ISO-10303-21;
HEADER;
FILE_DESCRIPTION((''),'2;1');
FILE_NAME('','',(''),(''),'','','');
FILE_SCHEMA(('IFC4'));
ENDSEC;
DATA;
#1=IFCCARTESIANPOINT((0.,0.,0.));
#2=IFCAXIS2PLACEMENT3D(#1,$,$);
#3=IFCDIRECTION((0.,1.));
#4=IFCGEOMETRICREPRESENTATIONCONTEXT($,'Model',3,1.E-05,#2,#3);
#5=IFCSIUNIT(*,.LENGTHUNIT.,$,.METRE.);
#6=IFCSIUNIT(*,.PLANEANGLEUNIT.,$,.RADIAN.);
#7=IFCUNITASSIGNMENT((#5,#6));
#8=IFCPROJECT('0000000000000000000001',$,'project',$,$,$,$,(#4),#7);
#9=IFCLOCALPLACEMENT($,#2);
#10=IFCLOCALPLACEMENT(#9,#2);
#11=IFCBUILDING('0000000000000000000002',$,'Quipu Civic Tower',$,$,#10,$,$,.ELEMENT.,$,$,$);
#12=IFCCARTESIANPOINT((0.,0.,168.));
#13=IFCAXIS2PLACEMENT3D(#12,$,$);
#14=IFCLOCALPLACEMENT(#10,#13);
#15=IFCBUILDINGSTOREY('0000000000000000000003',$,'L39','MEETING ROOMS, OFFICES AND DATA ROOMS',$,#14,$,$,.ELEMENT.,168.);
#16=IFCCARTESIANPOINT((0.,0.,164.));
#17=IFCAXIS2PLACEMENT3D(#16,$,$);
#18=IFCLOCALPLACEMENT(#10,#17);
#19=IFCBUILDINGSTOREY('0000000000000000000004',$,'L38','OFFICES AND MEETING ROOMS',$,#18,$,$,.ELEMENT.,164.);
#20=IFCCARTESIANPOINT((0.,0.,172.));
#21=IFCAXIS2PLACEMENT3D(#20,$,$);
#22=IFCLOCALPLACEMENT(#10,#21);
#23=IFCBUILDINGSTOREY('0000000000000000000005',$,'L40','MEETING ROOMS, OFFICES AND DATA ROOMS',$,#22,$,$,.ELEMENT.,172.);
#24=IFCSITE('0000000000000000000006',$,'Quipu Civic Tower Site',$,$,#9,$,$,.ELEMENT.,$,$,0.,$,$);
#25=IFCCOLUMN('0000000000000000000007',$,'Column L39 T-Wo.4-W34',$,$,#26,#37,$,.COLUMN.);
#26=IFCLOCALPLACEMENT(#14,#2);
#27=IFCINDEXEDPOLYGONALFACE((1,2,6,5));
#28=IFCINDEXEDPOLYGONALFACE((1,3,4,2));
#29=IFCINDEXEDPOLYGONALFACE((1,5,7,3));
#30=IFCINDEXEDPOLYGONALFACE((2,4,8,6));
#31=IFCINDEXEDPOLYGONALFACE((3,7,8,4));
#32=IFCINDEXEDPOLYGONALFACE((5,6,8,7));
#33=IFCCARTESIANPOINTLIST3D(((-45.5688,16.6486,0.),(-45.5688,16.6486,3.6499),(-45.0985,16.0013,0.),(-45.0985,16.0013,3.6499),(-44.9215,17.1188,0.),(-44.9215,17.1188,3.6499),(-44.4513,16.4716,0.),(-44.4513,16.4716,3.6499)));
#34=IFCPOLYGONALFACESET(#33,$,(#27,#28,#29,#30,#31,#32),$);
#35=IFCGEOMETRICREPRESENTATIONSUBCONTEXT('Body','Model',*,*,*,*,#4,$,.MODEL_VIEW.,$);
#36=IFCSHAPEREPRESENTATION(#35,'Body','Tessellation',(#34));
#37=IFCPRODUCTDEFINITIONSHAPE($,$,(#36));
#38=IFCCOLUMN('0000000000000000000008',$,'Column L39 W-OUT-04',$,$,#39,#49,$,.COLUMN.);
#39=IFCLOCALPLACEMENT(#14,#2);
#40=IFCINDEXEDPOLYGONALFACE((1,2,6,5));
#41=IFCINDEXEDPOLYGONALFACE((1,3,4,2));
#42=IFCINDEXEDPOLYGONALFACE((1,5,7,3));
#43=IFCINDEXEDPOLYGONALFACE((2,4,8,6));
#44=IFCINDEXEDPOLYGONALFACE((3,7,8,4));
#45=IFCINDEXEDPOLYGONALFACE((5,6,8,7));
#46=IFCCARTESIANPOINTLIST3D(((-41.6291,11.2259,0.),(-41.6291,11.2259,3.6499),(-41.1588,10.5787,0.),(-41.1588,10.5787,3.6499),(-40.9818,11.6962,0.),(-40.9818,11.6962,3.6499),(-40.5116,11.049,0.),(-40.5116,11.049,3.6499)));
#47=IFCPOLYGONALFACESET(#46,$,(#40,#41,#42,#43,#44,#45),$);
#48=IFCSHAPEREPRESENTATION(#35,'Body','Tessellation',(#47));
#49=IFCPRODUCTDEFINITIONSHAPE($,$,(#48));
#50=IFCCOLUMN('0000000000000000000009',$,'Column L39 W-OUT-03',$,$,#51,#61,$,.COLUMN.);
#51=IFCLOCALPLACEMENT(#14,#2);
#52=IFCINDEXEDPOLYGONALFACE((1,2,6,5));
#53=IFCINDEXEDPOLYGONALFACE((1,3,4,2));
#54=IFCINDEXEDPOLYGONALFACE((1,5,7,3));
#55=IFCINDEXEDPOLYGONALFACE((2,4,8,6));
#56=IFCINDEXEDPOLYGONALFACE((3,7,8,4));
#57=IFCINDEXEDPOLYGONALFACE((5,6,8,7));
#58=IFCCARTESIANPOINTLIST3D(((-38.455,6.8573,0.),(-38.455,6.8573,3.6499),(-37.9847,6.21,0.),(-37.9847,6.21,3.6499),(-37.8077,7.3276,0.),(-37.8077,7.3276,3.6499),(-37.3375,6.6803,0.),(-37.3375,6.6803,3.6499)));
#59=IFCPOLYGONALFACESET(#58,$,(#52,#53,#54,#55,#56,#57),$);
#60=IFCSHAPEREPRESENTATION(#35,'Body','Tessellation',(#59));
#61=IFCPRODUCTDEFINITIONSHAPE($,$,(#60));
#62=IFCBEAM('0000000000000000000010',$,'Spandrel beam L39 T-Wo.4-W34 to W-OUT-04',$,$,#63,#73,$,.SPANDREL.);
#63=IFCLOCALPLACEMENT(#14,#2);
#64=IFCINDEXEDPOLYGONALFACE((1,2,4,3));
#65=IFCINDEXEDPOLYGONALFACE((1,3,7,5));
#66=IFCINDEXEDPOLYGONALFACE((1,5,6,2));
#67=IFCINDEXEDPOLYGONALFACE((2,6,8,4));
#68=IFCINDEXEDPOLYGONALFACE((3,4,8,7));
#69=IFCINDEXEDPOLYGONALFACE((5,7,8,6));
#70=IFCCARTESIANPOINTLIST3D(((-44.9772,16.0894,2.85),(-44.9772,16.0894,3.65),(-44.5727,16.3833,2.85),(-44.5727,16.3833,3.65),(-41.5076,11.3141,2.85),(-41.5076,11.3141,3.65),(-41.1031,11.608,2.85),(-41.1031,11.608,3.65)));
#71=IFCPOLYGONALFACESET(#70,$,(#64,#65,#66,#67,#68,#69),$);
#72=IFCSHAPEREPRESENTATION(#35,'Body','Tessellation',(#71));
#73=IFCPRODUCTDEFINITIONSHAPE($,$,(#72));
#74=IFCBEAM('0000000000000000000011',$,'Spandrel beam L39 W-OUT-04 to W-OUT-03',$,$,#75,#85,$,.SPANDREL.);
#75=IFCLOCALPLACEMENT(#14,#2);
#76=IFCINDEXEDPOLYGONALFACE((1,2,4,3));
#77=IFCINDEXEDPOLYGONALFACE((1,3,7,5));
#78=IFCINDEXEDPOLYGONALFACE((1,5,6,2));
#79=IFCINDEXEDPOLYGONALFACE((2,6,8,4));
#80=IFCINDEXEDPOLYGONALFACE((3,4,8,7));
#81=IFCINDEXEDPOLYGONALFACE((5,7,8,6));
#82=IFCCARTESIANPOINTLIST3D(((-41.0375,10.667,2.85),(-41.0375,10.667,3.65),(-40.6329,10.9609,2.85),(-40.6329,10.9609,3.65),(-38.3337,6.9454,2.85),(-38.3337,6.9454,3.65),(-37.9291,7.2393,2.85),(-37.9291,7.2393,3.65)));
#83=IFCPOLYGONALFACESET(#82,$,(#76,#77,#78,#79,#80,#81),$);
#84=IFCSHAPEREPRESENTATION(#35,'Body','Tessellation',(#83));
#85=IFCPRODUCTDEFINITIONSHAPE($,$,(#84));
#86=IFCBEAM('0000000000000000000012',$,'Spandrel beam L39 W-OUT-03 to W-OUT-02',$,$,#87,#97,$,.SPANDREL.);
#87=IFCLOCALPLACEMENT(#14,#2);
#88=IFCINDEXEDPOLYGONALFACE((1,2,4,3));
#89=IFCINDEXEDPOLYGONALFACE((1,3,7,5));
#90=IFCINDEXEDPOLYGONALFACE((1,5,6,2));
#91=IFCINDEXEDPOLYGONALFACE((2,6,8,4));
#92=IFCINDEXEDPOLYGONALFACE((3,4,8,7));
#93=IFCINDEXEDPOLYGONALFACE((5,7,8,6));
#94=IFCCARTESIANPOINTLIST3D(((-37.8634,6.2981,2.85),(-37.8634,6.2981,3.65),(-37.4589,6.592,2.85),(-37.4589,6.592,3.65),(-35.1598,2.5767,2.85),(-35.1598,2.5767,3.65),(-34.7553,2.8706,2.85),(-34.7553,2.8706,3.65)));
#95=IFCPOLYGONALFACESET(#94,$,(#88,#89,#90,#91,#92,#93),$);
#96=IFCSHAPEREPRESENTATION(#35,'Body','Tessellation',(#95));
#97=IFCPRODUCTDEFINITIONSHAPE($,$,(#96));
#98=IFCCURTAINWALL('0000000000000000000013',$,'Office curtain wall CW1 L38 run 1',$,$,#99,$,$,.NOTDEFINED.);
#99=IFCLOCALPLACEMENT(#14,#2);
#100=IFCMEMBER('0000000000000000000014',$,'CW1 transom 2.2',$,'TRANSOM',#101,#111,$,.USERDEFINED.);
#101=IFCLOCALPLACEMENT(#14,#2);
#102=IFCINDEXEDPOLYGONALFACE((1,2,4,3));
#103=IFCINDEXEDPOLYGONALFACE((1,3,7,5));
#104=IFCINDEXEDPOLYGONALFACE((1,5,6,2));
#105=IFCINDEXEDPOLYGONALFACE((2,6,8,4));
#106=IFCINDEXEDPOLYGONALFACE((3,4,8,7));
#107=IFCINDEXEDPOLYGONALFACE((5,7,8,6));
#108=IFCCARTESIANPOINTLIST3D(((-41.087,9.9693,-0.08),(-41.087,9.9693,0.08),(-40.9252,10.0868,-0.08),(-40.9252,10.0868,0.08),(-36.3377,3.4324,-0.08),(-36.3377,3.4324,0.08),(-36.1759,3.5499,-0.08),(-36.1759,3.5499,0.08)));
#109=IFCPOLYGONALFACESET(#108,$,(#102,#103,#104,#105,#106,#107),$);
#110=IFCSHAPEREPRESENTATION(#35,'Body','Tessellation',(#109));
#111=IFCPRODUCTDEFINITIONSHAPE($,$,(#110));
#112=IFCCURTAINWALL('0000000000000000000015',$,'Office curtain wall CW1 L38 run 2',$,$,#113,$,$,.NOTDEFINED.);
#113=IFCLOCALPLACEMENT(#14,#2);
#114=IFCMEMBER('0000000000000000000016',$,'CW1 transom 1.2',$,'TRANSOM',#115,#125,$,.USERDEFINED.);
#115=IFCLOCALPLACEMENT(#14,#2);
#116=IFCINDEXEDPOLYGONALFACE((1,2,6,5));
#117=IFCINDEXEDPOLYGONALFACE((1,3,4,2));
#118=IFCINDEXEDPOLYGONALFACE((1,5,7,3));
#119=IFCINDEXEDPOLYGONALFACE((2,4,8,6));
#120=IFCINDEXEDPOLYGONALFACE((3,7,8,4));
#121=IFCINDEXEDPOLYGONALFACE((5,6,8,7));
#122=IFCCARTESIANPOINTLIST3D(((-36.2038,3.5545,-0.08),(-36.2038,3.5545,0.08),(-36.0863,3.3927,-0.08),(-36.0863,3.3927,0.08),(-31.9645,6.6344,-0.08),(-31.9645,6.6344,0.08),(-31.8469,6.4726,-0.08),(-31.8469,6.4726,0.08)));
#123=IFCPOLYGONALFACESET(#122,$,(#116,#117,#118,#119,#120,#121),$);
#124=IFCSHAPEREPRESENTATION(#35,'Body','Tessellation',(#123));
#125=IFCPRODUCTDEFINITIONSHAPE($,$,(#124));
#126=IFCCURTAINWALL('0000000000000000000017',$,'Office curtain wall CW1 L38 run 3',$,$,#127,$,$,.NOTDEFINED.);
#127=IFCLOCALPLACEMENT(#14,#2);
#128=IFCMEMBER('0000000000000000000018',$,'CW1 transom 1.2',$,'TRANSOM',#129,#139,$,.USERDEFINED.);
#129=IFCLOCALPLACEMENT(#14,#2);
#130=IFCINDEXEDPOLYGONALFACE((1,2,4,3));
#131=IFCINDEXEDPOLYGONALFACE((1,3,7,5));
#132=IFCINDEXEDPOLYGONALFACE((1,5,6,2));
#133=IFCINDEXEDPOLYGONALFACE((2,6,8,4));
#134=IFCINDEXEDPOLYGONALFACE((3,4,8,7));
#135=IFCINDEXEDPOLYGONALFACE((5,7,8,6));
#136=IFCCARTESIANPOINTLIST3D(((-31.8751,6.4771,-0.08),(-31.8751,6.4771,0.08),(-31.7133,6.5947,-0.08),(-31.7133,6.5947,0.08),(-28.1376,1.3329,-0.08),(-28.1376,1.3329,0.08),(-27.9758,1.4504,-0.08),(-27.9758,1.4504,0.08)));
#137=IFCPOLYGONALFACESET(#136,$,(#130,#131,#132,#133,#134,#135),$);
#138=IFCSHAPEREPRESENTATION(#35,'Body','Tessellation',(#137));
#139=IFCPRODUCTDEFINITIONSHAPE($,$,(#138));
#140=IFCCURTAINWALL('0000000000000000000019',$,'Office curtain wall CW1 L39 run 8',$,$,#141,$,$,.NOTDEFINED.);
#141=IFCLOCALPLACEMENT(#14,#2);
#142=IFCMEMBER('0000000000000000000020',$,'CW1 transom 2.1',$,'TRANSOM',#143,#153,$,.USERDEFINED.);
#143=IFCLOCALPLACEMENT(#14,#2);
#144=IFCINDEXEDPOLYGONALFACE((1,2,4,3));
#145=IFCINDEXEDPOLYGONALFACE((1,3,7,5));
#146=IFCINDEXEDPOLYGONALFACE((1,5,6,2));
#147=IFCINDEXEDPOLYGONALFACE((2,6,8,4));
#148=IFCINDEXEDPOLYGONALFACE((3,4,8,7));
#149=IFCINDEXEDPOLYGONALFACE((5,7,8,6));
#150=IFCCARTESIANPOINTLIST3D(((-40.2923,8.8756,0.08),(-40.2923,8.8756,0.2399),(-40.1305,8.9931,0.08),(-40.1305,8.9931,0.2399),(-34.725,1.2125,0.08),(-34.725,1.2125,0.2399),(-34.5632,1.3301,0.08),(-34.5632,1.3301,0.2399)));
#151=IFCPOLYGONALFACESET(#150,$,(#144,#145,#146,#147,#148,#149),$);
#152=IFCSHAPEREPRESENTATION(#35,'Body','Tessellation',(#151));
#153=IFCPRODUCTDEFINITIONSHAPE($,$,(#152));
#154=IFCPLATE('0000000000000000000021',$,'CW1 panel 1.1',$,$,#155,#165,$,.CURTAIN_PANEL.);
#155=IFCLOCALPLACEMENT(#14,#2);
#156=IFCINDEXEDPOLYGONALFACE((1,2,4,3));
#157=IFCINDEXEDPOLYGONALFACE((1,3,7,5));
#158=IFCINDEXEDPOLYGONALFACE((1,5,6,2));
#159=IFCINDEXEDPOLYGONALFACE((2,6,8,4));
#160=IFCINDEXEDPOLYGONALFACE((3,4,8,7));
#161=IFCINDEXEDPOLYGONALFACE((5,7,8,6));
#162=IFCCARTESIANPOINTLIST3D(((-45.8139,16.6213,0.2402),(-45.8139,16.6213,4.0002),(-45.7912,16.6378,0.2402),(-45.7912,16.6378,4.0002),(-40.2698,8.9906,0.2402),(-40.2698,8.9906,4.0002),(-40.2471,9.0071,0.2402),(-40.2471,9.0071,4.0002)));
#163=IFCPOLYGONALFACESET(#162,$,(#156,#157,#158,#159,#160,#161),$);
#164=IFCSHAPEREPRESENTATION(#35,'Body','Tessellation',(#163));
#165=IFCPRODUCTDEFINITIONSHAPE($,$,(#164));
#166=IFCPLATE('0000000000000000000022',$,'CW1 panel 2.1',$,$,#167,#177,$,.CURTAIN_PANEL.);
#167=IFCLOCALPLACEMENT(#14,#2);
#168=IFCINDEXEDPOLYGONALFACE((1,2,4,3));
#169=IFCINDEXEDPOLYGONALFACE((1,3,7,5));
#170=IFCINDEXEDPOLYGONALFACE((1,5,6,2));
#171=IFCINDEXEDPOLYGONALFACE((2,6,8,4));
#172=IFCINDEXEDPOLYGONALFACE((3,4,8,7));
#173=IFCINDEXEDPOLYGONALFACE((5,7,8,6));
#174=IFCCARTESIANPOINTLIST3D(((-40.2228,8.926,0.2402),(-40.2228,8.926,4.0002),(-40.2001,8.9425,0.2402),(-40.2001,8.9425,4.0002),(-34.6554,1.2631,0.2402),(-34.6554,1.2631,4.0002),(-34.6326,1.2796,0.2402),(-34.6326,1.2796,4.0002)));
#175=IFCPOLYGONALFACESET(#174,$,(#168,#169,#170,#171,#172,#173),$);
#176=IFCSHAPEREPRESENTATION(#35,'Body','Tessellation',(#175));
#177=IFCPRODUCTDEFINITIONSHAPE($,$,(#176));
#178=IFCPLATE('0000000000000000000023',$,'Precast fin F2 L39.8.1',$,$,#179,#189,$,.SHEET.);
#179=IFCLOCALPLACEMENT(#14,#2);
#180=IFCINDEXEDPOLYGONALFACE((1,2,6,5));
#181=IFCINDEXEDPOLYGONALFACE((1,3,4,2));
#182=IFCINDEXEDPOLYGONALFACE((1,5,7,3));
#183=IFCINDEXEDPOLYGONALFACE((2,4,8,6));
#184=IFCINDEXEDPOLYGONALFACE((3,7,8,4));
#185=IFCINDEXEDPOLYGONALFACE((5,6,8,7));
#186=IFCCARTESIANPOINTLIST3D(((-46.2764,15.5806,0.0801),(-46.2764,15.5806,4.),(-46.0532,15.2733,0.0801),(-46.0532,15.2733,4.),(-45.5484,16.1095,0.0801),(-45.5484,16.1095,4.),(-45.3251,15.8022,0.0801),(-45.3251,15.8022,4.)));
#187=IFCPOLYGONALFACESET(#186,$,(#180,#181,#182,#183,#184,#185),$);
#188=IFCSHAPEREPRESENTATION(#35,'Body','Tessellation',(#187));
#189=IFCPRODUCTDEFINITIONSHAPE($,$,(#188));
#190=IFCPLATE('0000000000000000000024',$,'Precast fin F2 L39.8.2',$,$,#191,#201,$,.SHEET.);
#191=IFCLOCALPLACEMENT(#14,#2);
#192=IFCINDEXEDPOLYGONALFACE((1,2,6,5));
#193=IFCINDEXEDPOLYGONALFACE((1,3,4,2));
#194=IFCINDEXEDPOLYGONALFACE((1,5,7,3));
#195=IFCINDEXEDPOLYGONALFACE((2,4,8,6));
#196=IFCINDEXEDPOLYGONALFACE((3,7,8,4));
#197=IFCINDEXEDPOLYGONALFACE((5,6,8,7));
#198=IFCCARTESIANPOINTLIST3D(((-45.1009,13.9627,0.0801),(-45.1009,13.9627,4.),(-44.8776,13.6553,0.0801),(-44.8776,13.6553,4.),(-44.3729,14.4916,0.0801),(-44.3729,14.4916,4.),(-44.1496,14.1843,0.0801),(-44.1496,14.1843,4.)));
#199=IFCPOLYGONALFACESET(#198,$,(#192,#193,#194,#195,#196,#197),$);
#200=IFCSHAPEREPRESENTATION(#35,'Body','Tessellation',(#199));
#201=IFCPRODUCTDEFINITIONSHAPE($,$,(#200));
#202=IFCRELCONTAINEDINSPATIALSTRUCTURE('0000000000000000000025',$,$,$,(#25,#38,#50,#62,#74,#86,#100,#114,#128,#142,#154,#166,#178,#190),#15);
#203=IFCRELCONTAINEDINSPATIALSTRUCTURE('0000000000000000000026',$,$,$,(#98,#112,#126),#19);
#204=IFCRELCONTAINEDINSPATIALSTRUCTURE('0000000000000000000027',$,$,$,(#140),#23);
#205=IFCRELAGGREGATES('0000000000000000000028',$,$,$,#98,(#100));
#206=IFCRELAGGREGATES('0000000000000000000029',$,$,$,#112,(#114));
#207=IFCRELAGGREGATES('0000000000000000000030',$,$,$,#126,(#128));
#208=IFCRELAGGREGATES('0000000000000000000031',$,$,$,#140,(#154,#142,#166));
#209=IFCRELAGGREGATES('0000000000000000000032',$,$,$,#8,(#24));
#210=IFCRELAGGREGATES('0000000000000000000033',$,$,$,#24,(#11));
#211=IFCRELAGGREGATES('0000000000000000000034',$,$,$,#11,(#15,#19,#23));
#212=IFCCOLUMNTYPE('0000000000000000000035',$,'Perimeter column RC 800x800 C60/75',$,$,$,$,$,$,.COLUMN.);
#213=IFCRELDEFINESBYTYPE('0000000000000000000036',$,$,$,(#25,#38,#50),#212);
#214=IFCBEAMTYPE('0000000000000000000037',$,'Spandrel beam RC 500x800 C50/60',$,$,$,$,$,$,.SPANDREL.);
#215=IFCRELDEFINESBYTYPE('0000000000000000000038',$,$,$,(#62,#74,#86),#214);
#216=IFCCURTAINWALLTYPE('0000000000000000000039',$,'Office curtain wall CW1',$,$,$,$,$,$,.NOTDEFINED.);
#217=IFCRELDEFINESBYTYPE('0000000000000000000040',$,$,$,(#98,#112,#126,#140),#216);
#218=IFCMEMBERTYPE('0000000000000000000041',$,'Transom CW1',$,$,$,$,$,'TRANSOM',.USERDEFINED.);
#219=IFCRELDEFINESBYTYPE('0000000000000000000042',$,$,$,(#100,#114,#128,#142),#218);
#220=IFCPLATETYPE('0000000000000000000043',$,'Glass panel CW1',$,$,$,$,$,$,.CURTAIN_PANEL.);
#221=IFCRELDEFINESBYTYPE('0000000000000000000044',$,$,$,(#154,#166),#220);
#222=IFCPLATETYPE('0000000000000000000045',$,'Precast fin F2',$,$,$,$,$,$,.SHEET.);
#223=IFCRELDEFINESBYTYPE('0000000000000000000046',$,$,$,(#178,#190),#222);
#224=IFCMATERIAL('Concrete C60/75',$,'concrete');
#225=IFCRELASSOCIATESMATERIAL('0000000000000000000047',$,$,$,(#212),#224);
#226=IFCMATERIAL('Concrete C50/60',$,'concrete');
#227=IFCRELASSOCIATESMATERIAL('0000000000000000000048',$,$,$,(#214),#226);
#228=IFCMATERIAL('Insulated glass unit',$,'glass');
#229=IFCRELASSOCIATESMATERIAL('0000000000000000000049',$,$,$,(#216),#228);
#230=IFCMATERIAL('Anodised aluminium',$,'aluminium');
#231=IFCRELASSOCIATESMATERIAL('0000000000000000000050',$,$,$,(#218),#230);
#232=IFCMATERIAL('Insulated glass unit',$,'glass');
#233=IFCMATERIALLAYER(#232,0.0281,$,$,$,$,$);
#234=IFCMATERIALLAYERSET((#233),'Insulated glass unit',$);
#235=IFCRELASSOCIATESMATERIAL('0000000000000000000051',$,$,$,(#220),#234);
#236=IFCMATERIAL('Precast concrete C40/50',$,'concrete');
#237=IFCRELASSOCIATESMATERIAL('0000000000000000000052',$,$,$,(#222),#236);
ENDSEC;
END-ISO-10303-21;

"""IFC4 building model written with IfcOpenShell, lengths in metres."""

from ifc_helpers import new_model, si_unit, direction, frame, origin, origin_2d, place, context, subcontext, project, spatial, rectangle, extrude, material, layer, layer_set, material_profile, profile_set, type_object, element, aggregate, save


model = new_model("IFC4")

# Units and contexts
model_context = context("Model", 3, precision=1e-05, world=origin(), true_north=direction((0.0, 1.0)))
body_context = subcontext(model_context, "Body", "Model", "MODEL_VIEW")
ifc_project = project(units=[si_unit("LENGTHUNIT", "METRE"), si_unit("PLANEANGLEUNIT", "RADIAN")], contexts=[model_context])

# Site, building, storey
site_placement = place(None, origin())
site = spatial("IfcSite", under=ifc_project, at=site_placement, Name="Quipu Civic Tower Site", CompositionType="ELEMENT", RefElevation=0.0)
building_placement = place(site_placement, origin())
building = spatial("IfcBuilding", under=site, at=building_placement, Name="Quipu Civic Tower", CompositionType="ELEMENT")
storey_1_placement = place(building_placement, frame((0.0, 0.0, 168.0)))
storey_1 = spatial("IfcBuildingStorey", under=building, at=storey_1_placement, Name="L39", Description="MEETING ROOMS, OFFICES AND DATA ROOMS", CompositionType="ELEMENT", Elevation=168.0)

# Columns
ifc_material_1 = material(Name="Concrete C60/75", Category="concrete")
ifc_material_profile_1 = material_profile(ifc_material_1, rectangle(XDim=0.8, YDim=0.8, at=origin_2d()), Name="RC800x800")
ifc_profile_set_1 = profile_set([ifc_material_profile_1], Name="Concrete C60/75")
column_type = type_object("IfcColumnType", Name="Perimeter column RC 800x800 C60/75", PredefinedType="COLUMN", material=ifc_profile_set_1)
for number, where, z_axis, x_axis, name in (
    (1, (-45.01, 16.5601, 0.0), (0.0, 0.0, 1.0), (0.587785, -0.809017, 0.0), "Column L39 T-Wo.4-W34"),
    (2, (-41.0703, 11.1375, 0.0), (0.0, 0.0, 1.0), (0.587785, -0.809017, 0.0), "Column L39 W-OUT-04"),
    (3, (-37.8962, 6.7688, 0.0), (0.0, 0.0, 1.0), (0.587785, -0.809017, 0.0), "Column L39 W-OUT-03"),
):
    element("IfcColumn", number, at=place(storey_1_placement, frame(where, z_axis=z_axis, x_axis=x_axis)), inside=storey_1, type_object=column_type, Name=name, PredefinedType="COLUMN", context=body_context, shape_type="SweptSolid", body=[
        extrude(rectangle(XDim=0.8, YDim=0.8, at=origin_2d()), origin(), (0.0, 0.0, 1.0), 3.6499),
    ])

# Beams
ifc_material_2 = material(Name="Concrete C50/60", Category="concrete")
ifc_material_profile_2 = material_profile(ifc_material_2, rectangle(XDim=0.5, YDim=0.8, at=origin_2d()), Name="RC500x800")
ifc_profile_set_2 = profile_set([ifc_material_profile_2], Name="Concrete C50/60")
beam_type = type_object("IfcBeamType", Name="Spandrel beam RC 500x800 C50/60", PredefinedType="SPANDREL", material=ifc_profile_set_2)
beam_1_placement = place(storey_1_placement, frame((-44.7749, 16.2363, 3.25), z_axis=(0.5878, -0.809006, 0.0), x_axis=(0.809006, 0.5878, 0.0)))
element("IfcBeam", 4, at=beam_1_placement, inside=storey_1, type_object=beam_type, Name="Spandrel beam L39 T-Wo.4-W34 to W-OUT-04", PredefinedType="SPANDREL", context=body_context, shape_type="SweptSolid", body=[
    extrude(rectangle(XDim=0.5, YDim=0.8, at=origin_2d()), origin(), (0.0, 0.0, 1.0), 5.9026),
])
beam_2_placement = place(storey_1_placement, frame((-40.8352, 10.814, 3.25), z_axis=(0.587771, -0.809027, 0.0), x_axis=(0.809027, 0.587771, 0.0)))
element("IfcBeam", 5, at=beam_2_placement, inside=storey_1, type_object=beam_type, Name="Spandrel beam L39 W-OUT-04 to W-OUT-03", PredefinedType="SPANDREL", context=body_context, shape_type="SweptSolid", body=[
    extrude(rectangle(XDim=0.5, YDim=0.8, at=origin_2d()), origin(), (0.0, 0.0, 1.0), 4.6001),
])
beam_3_placement = place(storey_1_placement, frame((-37.6611, 6.4451, 3.25), z_axis=(0.587761, -0.809034, 0.0), x_axis=(0.809034, 0.587761, 0.0)))
element("IfcBeam", 6, at=beam_3_placement, inside=storey_1, type_object=beam_type, Name="Spandrel beam L39 W-OUT-03 to W-OUT-02", PredefinedType="SPANDREL", context=body_context, shape_type="SweptSolid", body=[
    extrude(rectangle(XDim=0.5, YDim=0.8, at=origin_2d()), origin(), (0.0, 0.0, 1.0), 4.5999),
])

# Shared definitions
storey_2_placement = place(building_placement, frame((0.0, 0.0, 164.0)))
storey_2 = spatial("IfcBuildingStorey", under=building, at=storey_2_placement, Name="L38", Description="OFFICES AND MEETING ROOMS", CompositionType="ELEMENT", Elevation=164.0)

# Curtain walls, members
ifc_material_3 = material(Name="Insulated glass unit", Category="glass")
curtain_wall_type = type_object("IfcCurtainWallType", Name="Office curtain wall CW1", PredefinedType="NOTDEFINED", material=ifc_material_3)
curtain_wall_1_placement = place(storey_2_placement, origin())
curtain_wall_1 = element("IfcCurtainWall", 7, at=curtain_wall_1_placement, inside=storey_2, type_object=curtain_wall_type, Name="Office curtain wall CW1 L38 run 1", PredefinedType="NOTDEFINED")
ifc_material_4 = material(Name="Anodised aluminium", Category="aluminium")
ifc_material_profile_3 = material_profile(ifc_material_4, rectangle(XDim=0.2, YDim=0.1599, at=origin_2d()), Name="RECT 200x160")
ifc_profile_set_3 = profile_set([ifc_material_profile_3], Name="Anodised aluminium")
member_type = type_object("IfcMemberType", Name="Transom CW1", ElementType="TRANSOM", PredefinedType="USERDEFINED", material=ifc_profile_set_3)
member_1_placement = place(storey_1_placement, frame((-41.0061, 10.0281, 0.0), z_axis=(0.587782, -0.80902, 0.0), x_axis=(0.80902, 0.587782, 0.0)))
member_1 = element("IfcMember", 8, at=member_1_placement, inside=storey_1, type_object=member_type, Name="CW1 transom 2.2", ObjectType="TRANSOM", PredefinedType="USERDEFINED", context=body_context, shape_type="SweptSolid", body=[
    extrude(rectangle(XDim=0.2, YDim=0.1599, at=origin_2d()), origin(), (0.0, 0.0, 1.0), 8.0801),
])
aggregate(curtain_wall_1, [member_1])
curtain_wall_2_placement = place(storey_2_placement, origin())
curtain_wall_2 = element("IfcCurtainWall", 9, at=curtain_wall_2_placement, inside=storey_2, type_object=curtain_wall_type, Name="Office curtain wall CW1 L38 run 2", PredefinedType="NOTDEFINED")
member_2_placement = place(storey_1_placement, frame((-36.145, 3.4736, 0.0), z_axis=(0.809032, 0.587764, 0.0), x_axis=(-0.587764, 0.809032, 0.0)))
member_2 = element("IfcMember", 10, at=member_2_placement, inside=storey_1, type_object=member_type, Name="CW1 transom 1.2", ObjectType="TRANSOM", PredefinedType="USERDEFINED", context=body_context, shape_type="SweptSolid", body=[
    extrude(rectangle(XDim=0.2, YDim=0.1599, at=origin_2d()), origin(), (0.0, 0.0, 1.0), 5.24),
])
aggregate(curtain_wall_2, [member_2])
curtain_wall_3_placement = place(storey_2_placement, origin())
curtain_wall_3 = element("IfcCurtainWall", 11, at=curtain_wall_3_placement, inside=storey_2, type_object=curtain_wall_type, Name="Office curtain wall CW1 L38 run 3", PredefinedType="NOTDEFINED")
member_3_placement = place(storey_1_placement, frame((-31.7942, 6.5359, 0.0), z_axis=(0.587786, -0.809017, 0.0), x_axis=(0.809017, 0.587786, 0.0)))
member_3 = element("IfcMember", 12, at=member_3_placement, inside=storey_1, type_object=member_type, Name="CW1 transom 1.2", ObjectType="TRANSOM", PredefinedType="USERDEFINED", context=body_context, shape_type="SweptSolid", body=[
    extrude(rectangle(XDim=0.2, YDim=0.1599, at=origin_2d()), origin(), (0.0, 0.0, 1.0), 6.3586),
])
aggregate(curtain_wall_3, [member_3])

# Shared definitions
storey_3_placement = place(building_placement, frame((0.0, 0.0, 172.0)))
storey_3 = spatial("IfcBuildingStorey", under=building, at=storey_3_placement, Name="L40", Description="MEETING ROOMS, OFFICES AND DATA ROOMS", CompositionType="ELEMENT", Elevation=172.0)

# Curtain wall, member, plates
curtain_wall_4_placement = place(storey_3_placement, origin())
curtain_wall_4 = element("IfcCurtainWall", 13, at=curtain_wall_4_placement, inside=storey_3, type_object=curtain_wall_type, Name="Office curtain wall CW1 L39 run 8", PredefinedType="NOTDEFINED")
member_4_placement = place(storey_1_placement, frame((-40.2114, 8.9343, 0.1599), z_axis=(0.587773, -0.809026, 0.0), x_axis=(0.809026, 0.587773, 0.0)))
member_4 = element("IfcMember", 14, at=member_4_placement, inside=storey_1, type_object=member_type, Name="CW1 transom 2.1", ObjectType="TRANSOM", PredefinedType="USERDEFINED", context=body_context, shape_type="SweptSolid", body=[
    extrude(rectangle(XDim=0.2, YDim=0.1599, at=origin_2d()), origin(), (0.0, 0.0, 1.0), 9.4719),
])
ifc_material_5 = material(Name="Insulated glass unit", Category="glass")
ifc_layer_1 = layer(ifc_material_5, 0.0281)
ifc_layer_set_1 = layer_set([ifc_layer_1], Name="Insulated glass unit")
plate_type_1 = type_object("IfcPlateType", Name="Glass panel CW1", PredefinedType="CURTAIN_PANEL", material=ifc_layer_set_1)
plate_1_placement = place(storey_1_placement, frame((-43.0305, 12.8142, 0.2402), z_axis=(0.0, 0.0, 1.0), x_axis=(0.587786, -0.809017, 0.0)))
plate_1 = element("IfcPlate", 15, at=plate_1_placement, inside=storey_1, type_object=plate_type_1, Name="CW1 panel 1.1", PredefinedType="CURTAIN_PANEL", context=body_context, shape_type="SweptSolid", body=[
    extrude(rectangle(XDim=9.4321, YDim=0.0281, at=origin_2d()), origin(), (0.0, 0.0, 1.0), 3.76),
])
plate_2_placement = place(storey_1_placement, frame((-37.4277, 5.1028, 0.2402), z_axis=(0.0, 0.0, 1.0), x_axis=(0.587786, -0.809017, 0.0)))
plate_2 = element("IfcPlate", 16, at=plate_2_placement, inside=storey_1, type_object=plate_type_1, Name="CW1 panel 2.1", PredefinedType="CURTAIN_PANEL", context=body_context, shape_type="SweptSolid", body=[
    extrude(rectangle(XDim=9.4719, YDim=0.0281, at=origin_2d()), origin(), (0.0, 0.0, 1.0), 3.76),
])
aggregate(curtain_wall_4, [plate_1, member_4, plate_2])

# Plates
ifc_material_6 = material(Name="Precast concrete C40/50", Category="concrete")
plate_type_2 = type_object("IfcPlateType", Name="Precast fin F2", PredefinedType="SHEET", material=ifc_material_6)
for number, where, z_axis, x_axis, name in (
    (17, (-45.8008, 15.6914, 0.0801), (0.0, 0.0, 1.0), (0.587786, -0.809017, 0.0), "Precast fin F2 L39.8.1"),
    (18, (-44.6252, 14.0735, 0.0801), (0.0, 0.0, 1.0), (0.587786, -0.809017, 0.0), "Precast fin F2 L39.8.2"),
):
    element("IfcPlate", number, at=place(storey_1_placement, frame(where, z_axis=z_axis, x_axis=x_axis)), inside=storey_1, type_object=plate_type_2, Name=name, PredefinedType="SHEET", context=body_context, shape_type="SweptSolid", body=[
        extrude(rectangle(XDim=0.3799, YDim=0.8999, at=origin_2d()), origin(), (0.0, 0.0, 1.0), 3.9199),
    ])

save(model, "model.ifc")
